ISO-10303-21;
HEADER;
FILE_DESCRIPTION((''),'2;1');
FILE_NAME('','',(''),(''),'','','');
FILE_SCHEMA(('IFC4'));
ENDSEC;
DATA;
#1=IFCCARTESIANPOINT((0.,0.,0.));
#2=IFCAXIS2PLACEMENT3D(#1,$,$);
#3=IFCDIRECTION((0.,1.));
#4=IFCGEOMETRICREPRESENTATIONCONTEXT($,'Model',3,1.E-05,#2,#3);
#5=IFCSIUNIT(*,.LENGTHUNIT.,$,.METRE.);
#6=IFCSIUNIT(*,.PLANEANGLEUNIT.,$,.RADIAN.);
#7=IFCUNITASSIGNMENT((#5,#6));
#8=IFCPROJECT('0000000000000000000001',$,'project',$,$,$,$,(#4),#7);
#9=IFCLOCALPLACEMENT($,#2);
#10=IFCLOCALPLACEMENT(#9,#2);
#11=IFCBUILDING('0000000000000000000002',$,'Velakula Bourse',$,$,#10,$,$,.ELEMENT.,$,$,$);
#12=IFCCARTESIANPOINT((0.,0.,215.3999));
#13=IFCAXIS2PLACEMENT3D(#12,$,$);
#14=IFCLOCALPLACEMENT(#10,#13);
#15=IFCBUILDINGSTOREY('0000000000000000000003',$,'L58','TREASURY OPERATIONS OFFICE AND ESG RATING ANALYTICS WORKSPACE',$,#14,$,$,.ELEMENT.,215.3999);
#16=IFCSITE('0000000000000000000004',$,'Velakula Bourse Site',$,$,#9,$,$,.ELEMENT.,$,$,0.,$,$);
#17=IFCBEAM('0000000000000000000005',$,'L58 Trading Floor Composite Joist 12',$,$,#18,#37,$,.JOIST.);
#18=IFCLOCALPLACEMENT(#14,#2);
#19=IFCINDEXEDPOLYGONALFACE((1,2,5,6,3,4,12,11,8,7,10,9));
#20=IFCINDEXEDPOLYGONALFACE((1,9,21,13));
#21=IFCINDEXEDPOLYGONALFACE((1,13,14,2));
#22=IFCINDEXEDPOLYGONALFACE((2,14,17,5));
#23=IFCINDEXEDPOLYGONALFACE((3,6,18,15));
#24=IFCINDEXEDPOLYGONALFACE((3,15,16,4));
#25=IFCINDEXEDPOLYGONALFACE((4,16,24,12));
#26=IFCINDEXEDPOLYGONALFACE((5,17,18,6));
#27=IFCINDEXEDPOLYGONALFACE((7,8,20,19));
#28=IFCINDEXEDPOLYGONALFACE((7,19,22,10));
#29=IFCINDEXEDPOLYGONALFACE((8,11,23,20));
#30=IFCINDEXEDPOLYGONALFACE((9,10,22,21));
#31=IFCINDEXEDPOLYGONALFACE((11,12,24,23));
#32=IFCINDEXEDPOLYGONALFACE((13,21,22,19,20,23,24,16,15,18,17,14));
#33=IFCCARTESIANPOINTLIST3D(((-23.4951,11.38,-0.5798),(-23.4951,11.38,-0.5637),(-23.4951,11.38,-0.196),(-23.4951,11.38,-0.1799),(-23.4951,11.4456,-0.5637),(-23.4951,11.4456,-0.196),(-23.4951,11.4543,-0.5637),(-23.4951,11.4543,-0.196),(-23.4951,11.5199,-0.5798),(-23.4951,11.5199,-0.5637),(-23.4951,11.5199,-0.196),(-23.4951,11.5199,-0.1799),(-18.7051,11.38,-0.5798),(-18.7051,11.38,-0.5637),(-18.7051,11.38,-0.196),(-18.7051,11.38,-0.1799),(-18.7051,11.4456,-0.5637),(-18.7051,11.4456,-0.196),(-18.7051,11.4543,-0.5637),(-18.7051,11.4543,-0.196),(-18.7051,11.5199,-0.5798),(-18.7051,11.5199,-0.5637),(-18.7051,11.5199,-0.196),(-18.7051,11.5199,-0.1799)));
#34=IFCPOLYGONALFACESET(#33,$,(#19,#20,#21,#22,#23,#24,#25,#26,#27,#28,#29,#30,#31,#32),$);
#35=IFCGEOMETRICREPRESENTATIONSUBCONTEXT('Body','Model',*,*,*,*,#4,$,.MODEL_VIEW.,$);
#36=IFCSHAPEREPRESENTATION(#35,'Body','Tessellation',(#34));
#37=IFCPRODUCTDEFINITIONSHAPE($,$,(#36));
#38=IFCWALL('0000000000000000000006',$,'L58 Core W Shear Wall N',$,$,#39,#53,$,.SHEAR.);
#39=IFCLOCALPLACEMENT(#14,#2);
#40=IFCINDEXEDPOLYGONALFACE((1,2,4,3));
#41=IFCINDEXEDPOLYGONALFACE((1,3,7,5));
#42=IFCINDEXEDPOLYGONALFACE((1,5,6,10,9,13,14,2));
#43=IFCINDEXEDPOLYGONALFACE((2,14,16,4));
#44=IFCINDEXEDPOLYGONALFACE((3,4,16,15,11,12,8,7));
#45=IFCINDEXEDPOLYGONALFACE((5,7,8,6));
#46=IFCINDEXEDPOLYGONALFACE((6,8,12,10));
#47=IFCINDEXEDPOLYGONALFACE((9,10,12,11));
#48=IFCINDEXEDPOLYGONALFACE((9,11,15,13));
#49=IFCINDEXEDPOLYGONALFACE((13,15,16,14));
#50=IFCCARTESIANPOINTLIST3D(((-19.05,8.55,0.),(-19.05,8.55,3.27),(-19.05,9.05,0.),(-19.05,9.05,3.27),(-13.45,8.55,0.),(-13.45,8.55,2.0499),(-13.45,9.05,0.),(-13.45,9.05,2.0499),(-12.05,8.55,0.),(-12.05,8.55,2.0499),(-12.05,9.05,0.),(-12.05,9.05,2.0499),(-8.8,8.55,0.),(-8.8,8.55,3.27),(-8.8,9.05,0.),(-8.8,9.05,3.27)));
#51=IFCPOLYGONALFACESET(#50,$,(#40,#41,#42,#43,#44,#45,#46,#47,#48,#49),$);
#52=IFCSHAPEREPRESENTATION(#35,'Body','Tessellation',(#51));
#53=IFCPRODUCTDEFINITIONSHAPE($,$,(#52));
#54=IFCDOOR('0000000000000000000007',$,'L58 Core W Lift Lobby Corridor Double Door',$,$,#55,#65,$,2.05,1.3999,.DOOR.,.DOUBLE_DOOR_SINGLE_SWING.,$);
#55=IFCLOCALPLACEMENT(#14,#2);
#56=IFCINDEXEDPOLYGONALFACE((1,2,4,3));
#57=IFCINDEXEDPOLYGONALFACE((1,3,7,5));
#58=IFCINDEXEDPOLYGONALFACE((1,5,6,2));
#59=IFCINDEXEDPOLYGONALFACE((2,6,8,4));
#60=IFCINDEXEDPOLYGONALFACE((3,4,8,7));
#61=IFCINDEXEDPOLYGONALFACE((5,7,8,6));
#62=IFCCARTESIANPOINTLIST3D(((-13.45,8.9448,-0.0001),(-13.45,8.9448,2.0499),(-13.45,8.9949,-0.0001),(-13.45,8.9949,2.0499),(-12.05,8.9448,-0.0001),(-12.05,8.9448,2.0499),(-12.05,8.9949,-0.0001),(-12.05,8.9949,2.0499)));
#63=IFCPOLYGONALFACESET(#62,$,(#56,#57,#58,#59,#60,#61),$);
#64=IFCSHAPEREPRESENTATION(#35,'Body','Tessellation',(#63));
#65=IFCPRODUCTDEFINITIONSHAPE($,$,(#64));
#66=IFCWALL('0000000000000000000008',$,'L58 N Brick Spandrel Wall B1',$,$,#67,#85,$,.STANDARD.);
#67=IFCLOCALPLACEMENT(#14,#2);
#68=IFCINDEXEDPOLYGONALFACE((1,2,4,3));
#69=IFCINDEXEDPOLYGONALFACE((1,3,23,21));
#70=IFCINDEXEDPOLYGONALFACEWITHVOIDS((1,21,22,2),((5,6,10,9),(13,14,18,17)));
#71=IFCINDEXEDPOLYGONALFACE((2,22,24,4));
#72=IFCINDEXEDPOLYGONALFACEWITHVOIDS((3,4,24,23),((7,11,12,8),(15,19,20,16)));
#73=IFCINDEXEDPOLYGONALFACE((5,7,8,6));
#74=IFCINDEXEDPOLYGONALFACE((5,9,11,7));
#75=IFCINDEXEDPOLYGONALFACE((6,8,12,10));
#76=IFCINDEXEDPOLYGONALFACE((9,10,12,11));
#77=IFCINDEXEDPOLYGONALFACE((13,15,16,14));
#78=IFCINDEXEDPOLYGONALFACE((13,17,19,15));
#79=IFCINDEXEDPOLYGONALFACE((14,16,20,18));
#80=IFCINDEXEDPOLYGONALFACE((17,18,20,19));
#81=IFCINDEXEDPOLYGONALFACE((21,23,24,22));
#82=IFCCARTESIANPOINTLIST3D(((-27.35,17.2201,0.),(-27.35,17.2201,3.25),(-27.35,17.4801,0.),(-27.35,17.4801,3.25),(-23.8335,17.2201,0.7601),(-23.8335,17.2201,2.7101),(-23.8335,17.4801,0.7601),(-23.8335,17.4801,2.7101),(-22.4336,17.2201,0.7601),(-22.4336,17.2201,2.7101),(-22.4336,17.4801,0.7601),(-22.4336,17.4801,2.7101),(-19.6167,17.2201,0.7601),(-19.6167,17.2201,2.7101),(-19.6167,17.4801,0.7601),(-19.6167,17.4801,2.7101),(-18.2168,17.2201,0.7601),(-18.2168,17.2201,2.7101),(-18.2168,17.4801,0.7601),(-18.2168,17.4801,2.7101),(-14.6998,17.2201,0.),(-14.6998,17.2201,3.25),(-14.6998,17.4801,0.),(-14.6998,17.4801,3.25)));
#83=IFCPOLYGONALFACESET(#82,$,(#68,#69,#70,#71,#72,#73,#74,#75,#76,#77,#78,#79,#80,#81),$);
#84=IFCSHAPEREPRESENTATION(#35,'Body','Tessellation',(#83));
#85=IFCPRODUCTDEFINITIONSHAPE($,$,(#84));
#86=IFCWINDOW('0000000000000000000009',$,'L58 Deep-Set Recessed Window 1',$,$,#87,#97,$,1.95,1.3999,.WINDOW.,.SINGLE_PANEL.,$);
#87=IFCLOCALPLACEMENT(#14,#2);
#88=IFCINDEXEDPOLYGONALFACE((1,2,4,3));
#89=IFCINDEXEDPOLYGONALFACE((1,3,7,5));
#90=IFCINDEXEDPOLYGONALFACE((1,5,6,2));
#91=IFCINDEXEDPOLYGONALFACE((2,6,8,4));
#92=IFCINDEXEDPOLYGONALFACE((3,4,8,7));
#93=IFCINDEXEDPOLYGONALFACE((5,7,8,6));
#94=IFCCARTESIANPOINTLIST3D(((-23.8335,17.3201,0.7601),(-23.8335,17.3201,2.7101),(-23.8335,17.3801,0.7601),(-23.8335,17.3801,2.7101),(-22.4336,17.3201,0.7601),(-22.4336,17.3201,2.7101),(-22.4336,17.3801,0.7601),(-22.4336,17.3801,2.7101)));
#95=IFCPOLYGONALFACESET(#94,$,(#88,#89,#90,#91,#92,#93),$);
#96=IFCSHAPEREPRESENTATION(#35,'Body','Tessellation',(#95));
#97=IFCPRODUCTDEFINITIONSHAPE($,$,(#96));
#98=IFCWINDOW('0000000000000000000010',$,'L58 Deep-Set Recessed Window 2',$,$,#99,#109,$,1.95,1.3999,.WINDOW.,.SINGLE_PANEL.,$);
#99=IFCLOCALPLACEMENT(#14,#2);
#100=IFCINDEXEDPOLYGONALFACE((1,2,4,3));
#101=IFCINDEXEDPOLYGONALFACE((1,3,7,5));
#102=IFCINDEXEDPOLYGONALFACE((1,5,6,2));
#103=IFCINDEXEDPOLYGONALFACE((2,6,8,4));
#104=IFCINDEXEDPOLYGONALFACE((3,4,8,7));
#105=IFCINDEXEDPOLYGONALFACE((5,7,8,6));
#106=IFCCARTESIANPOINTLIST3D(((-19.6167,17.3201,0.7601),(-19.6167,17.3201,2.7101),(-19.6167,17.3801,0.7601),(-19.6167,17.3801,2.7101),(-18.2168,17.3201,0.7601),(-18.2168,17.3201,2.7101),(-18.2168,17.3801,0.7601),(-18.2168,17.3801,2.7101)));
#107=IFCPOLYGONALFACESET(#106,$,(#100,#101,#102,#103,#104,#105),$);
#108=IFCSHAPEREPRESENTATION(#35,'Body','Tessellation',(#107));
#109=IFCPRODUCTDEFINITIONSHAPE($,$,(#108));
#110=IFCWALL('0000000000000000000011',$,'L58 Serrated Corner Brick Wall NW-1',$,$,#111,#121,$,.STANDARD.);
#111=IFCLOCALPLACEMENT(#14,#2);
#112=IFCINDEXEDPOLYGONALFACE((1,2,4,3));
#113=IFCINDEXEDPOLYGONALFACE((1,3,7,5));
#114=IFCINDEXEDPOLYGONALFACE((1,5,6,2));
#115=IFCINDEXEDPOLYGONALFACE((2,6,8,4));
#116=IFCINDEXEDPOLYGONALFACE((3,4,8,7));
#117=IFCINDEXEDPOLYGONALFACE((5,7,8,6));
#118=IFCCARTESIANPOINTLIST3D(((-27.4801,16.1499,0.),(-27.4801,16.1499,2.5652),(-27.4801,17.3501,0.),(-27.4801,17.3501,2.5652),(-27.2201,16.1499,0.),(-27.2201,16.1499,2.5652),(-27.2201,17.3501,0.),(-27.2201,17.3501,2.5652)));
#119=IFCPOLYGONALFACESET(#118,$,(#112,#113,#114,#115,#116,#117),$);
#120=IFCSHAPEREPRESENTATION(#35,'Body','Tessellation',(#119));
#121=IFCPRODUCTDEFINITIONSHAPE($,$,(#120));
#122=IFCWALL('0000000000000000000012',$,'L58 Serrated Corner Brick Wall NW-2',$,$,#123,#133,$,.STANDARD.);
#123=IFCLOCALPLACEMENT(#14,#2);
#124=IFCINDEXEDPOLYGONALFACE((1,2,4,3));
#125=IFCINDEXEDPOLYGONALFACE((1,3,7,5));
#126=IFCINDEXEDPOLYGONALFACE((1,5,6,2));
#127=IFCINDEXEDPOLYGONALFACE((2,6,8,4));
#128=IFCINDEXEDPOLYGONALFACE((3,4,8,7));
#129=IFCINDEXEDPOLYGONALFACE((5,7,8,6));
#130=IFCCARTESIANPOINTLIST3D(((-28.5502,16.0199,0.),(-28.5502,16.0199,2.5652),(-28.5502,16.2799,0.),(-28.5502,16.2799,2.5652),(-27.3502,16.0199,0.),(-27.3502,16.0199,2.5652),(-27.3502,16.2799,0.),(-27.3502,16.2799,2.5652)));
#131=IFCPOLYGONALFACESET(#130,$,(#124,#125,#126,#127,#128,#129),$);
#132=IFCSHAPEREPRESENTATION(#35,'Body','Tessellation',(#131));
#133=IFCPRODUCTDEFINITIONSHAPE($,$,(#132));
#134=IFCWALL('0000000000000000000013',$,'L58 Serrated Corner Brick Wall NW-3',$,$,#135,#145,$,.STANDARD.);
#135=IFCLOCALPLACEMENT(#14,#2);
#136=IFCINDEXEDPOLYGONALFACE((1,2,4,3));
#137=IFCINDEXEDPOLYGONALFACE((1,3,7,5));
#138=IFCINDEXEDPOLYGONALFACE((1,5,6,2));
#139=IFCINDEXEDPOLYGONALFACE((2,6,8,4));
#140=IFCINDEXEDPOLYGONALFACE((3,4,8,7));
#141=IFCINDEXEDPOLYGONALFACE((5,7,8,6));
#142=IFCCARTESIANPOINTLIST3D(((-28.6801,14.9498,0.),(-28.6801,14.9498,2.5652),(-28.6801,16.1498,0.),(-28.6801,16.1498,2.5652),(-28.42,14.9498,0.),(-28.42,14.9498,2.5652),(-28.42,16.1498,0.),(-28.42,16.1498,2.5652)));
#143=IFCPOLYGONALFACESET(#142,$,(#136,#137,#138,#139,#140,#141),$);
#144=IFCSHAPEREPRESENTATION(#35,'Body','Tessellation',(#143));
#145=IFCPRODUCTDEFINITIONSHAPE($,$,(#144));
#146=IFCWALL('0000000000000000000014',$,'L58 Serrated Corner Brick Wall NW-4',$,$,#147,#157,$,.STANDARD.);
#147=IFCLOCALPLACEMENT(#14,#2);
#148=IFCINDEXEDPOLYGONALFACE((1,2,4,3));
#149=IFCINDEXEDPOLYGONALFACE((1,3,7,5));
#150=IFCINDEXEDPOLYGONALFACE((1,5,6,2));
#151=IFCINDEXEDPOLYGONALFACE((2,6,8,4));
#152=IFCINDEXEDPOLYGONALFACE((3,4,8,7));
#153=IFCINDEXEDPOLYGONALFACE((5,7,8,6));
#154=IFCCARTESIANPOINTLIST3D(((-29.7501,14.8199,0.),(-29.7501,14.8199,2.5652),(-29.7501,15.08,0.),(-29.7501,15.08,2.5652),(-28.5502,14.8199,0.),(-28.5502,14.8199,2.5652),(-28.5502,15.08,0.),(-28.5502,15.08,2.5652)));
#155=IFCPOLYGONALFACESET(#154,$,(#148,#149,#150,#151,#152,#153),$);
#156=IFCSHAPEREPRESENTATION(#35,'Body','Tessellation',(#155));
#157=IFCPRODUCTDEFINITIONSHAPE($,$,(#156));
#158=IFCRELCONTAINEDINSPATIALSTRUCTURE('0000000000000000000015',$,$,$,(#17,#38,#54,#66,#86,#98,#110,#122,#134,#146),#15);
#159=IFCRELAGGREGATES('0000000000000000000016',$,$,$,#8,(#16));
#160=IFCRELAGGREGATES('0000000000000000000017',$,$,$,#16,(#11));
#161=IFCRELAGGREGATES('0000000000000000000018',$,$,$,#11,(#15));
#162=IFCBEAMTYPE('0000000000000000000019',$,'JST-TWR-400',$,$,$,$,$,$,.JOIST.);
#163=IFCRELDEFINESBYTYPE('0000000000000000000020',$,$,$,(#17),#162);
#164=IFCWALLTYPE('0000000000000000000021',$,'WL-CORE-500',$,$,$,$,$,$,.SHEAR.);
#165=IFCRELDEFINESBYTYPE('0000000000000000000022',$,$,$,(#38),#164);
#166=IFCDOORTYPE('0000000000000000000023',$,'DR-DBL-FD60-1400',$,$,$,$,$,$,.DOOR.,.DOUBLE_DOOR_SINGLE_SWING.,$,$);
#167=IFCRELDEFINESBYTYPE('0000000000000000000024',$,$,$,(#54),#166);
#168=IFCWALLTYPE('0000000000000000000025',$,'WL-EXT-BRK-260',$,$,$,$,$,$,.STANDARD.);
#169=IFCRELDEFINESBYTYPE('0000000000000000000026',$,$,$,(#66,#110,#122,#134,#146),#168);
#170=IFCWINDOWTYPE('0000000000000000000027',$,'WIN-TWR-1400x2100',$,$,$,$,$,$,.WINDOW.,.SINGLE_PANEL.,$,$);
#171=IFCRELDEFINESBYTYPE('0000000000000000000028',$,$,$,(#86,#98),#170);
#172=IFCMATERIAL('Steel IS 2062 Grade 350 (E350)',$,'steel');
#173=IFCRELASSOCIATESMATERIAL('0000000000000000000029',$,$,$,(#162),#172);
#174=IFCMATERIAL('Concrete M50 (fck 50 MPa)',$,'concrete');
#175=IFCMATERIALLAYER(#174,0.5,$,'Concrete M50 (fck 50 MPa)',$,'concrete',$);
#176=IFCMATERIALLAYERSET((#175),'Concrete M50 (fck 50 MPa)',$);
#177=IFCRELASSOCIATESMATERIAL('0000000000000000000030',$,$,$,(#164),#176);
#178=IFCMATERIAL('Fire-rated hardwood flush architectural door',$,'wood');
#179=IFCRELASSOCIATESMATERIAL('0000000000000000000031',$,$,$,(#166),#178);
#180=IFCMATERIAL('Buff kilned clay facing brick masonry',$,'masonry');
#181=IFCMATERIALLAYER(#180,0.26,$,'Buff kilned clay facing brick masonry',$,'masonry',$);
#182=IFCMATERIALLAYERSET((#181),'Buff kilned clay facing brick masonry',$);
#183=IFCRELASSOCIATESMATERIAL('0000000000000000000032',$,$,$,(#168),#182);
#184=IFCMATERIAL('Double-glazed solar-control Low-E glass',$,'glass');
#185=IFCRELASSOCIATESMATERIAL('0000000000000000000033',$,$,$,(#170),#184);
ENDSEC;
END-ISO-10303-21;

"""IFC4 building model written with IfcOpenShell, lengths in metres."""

from ifc_helpers import new_model, si_unit, direction, frame, frame_2d, origin, origin_2d, place, context, subcontext, project, spatial, rectangle, i_section, extrude, material, layer, layer_set, material_profile, profile_set, type_object, element, fill, save


model = new_model("IFC4")

# Units and contexts
model_context = context("Model", 3, precision=1e-05, world=origin(), true_north=direction((0.0, 1.0)))
body_context = subcontext(model_context, "Body", "Model", "MODEL_VIEW")
ifc_project = project(units=[si_unit("LENGTHUNIT", "METRE"), si_unit("PLANEANGLEUNIT", "RADIAN")], contexts=[model_context])

# Site, building, storey
site_placement = place(None, origin())
site = spatial("IfcSite", under=ifc_project, at=site_placement, Name="Velakula Bourse Site", CompositionType="ELEMENT", RefElevation=0.0)
building_placement = place(site_placement, origin())
building = spatial("IfcBuilding", under=site, at=building_placement, Name="Velakula Bourse", CompositionType="ELEMENT")
storey_placement = place(building_placement, frame((0.0, 0.0, 215.3999)))
storey = spatial("IfcBuildingStorey", under=building, at=storey_placement, Name="L58", Description="TREASURY OPERATIONS OFFICE AND ESG RATING ANALYTICS WORKSPACE", CompositionType="ELEMENT", Elevation=215.3999)

# Shared definitions
ifc_material_1 = material(Name="Steel IS 2062 Grade 350 (E350)", Category="steel")

# Beam
ifc_material_profile_1 = material_profile(ifc_material_1, i_section(OverallWidth=0.1399, OverallDepth=0.3999, WebThickness=0.0088, FlangeThickness=0.0161, at=origin_2d()), Name="Steel IS 2062 Grade 350 (E350)")
ifc_profile_set_1 = profile_set([ifc_material_profile_1], Name="Steel IS 2062 Grade 350 (E350)")
beam_type_1 = type_object("IfcBeamType", Name="JST-TWR-400", PredefinedType="JOIST", material=ifc_profile_set_1)
beam_1_placement = place(storey_placement, frame((-23.4951, 11.45, -0.3799), z_axis=(1.0, 0.0, 0.0), x_axis=(0.0, 1.0, 0.0)))
element("IfcBeam", 1, at=beam_1_placement, inside=storey, type_object=beam_type_1, Name="L58 Trading Floor Composite Joist 12", PredefinedType="JOIST", context=body_context, shape_type="SweptSolid", body=[
    extrude(i_section(OverallWidth=0.1399, OverallDepth=0.3999, WebThickness=0.0088, FlangeThickness=0.0161, at=origin_2d()), origin(), (0.0, 0.0, 1.0), 4.79),
])

# Wall, opening, door
ifc_material_2 = material(Name="Concrete M50 (fck 50 MPa)", Category="concrete")
ifc_layer_1 = layer(ifc_material_2, 0.5, Name="Concrete M50 (fck 50 MPa)", Category="concrete")
ifc_layer_set_1 = layer_set([ifc_layer_1], Name="Concrete M50 (fck 50 MPa)")
wall_type_1 = type_object("IfcWallType", Name="WL-CORE-500", PredefinedType="SHEAR", material=ifc_layer_set_1)
wall_1_placement = place(storey_placement, frame((-19.05, 8.8, 0.0), z_axis=(0.0, 0.0, 1.0), x_axis=(1.0, 0.0, 0.0)))
wall_1 = element("IfcWall", 2, at=wall_1_placement, inside=storey, type_object=wall_type_1, Name="L58 Core W Shear Wall N", PredefinedType="SHEAR", context=body_context, shape_type="SweptSolid", body=[
    extrude(rectangle(XDim=10.25, YDim=0.5, at=frame_2d((5.125, 0.0))), origin(), (0.0, 0.0, 1.0), 3.27),
])
opening_1_placement = place(wall_1_placement, frame((5.6001, 0.0, 0.0)))
opening_1 = element("IfcOpeningElement", 3, at=opening_1_placement, cuts=wall_1, PredefinedType="OPENING", context=body_context, shape_type="SweptSolid", body=[
    extrude(rectangle(XDim=1.3999, YDim=2.05, at=frame_2d((0.7, 1.0249))), frame((0.0, 0.26, 0.0), z_axis=(0.0, -1.0, 0.0), x_axis=(1.0, 0.0, 0.0)), (0.0, 0.0, 1.0), 0.52),
])
ifc_material_3 = material(Name="Fire-rated hardwood flush architectural door", Category="wood")
door_type_1 = type_object("IfcDoorType", Name="DR-DBL-FD60-1400", OperationType="DOUBLE_DOOR_SINGLE_SWING", PredefinedType="DOOR", material=ifc_material_3)
door_1_placement = place(opening_1_placement, origin())
door_1 = element("IfcDoor", 4, at=door_1_placement, inside=storey, type_object=door_type_1, Name="L58 Core W Lift Lobby Corridor Double Door", OperationType="DOUBLE_DOOR_SINGLE_SWING", OverallHeight=2.05, OverallWidth=1.3999, PredefinedType="DOOR", context=body_context, shape_type="SweptSolid", body=[
    extrude(rectangle(XDim=1.3999, YDim=2.05, at=frame_2d((0.7, 1.0249))), frame((0.0, 0.1948, 0.0), z_axis=(0.0, -1.0, 0.0), x_axis=(1.0, 0.0, 0.0)), (0.0, 0.0, 1.0), 0.05),
])
fill(opening_1, door_1)

# Wall, openings, windows
ifc_material_4 = material(Name="Buff kilned clay facing brick masonry", Category="masonry")
ifc_layer_2 = layer(ifc_material_4, 0.26, Name="Buff kilned clay facing brick masonry", Category="masonry")
ifc_layer_set_2 = layer_set([ifc_layer_2], Name="Buff kilned clay facing brick masonry")
wall_type_2 = type_object("IfcWallType", Name="WL-EXT-BRK-260", PredefinedType="STANDARD", material=ifc_layer_set_2)
wall_2_placement = place(storey_placement, frame((-27.3501, 17.3501, 0.0), z_axis=(0.0, 0.0, 1.0), x_axis=(1.0, 0.0, 0.0)))
wall_2 = element("IfcWall", 5, at=wall_2_placement, inside=storey, type_object=wall_type_2, Name="L58 N Brick Spandrel Wall B1", PredefinedType="STANDARD", context=body_context, shape_type="SweptSolid", body=[
    extrude(rectangle(XDim=12.6501, YDim=0.26, at=frame_2d((6.3252, 0.0))), origin(), (0.0, 0.0, 1.0), 3.25),
])
opening_2_placement = place(wall_2_placement, frame((3.5166, 0.0, 0.76)))
opening_2 = element("IfcOpeningElement", 6, at=opening_2_placement, cuts=wall_2, PredefinedType="OPENING", context=body_context, shape_type="SweptSolid", body=[
    extrude(rectangle(XDim=1.3999, YDim=1.95, at=frame_2d((0.7, 0.9751))), frame((0.0, 0.1399, 0.0), z_axis=(0.0, -1.0, 0.0), x_axis=(1.0, 0.0, 0.0)), (0.0, 0.0, 1.0), 0.28),
])
opening_3_placement = place(wall_2_placement, frame((7.7334, 0.0, 0.76)))
opening_3 = element("IfcOpeningElement", 7, at=opening_3_placement, cuts=wall_2, PredefinedType="OPENING", context=body_context, shape_type="SweptSolid", body=[
    extrude(rectangle(XDim=1.3999, YDim=1.95, at=frame_2d((0.7, 0.9751))), frame((0.0, 0.1399, 0.0), z_axis=(0.0, -1.0, 0.0), x_axis=(1.0, 0.0, 0.0)), (0.0, 0.0, 1.0), 0.28),
])
ifc_material_5 = material(Name="Double-glazed solar-control Low-E glass", Category="glass")
window_type = type_object("IfcWindowType", Name="WIN-TWR-1400x2100", PartitioningType="SINGLE_PANEL", PredefinedType="WINDOW", material=ifc_material_5)
window_1_placement = place(opening_2_placement, origin())
window_1 = element("IfcWindow", 8, at=window_1_placement, inside=storey, type_object=window_type, Name="L58 Deep-Set Recessed Window 1", OverallHeight=1.95, OverallWidth=1.3999, PartitioningType="SINGLE_PANEL", PredefinedType="WINDOW", context=body_context, shape_type="SweptSolid", body=[
    extrude(rectangle(XDim=1.3999, YDim=1.95, at=frame_2d((0.7, 0.9751))), frame((0.0, 0.03, 0.0), z_axis=(0.0, -1.0, 0.0), x_axis=(1.0, 0.0, 0.0)), (0.0, 0.0, 1.0), 0.0601),
])
fill(opening_2, window_1)
window_2_placement = place(opening_3_placement, origin())
window_2 = element("IfcWindow", 9, at=window_2_placement, inside=storey, type_object=window_type, Name="L58 Deep-Set Recessed Window 2", OverallHeight=1.95, OverallWidth=1.3999, PartitioningType="SINGLE_PANEL", PredefinedType="WINDOW", context=body_context, shape_type="SweptSolid", body=[
    extrude(rectangle(XDim=1.3999, YDim=1.95, at=frame_2d((0.7, 0.9751))), frame((0.0, 0.03, 0.0), z_axis=(0.0, -1.0, 0.0), x_axis=(1.0, 0.0, 0.0)), (0.0, 0.0, 1.0), 0.0601),
])
fill(opening_3, window_2)

# Walls
wall_3_placement = place(storey_placement, frame((-27.3501, 17.3501, 0.0), z_axis=(0.0, 0.0, 1.0), x_axis=(0.0, -1.0, 0.0)))
element("IfcWall", 10, at=wall_3_placement, inside=storey, type_object=wall_type_2, Name="L58 Serrated Corner Brick Wall NW-1", PredefinedType="STANDARD", context=body_context, shape_type="SweptSolid", body=[
    extrude(rectangle(XDim=1.2002, YDim=0.26, at=frame_2d((0.6001, 0.0))), origin(), (0.0, 0.0, 1.0), 2.5652),
])
for number, where, z_axis, x_axis, name in (
    (11, (-27.3501, 16.1499, 0.0), (0.0, 0.0, 1.0), (-1.0, 0.0, 0.0), "L58 Serrated Corner Brick Wall NW-2"),
    (12, (-28.55, 16.1499, 0.0), (0.0, 0.0, 1.0), (0.0, -1.0, 0.0), "L58 Serrated Corner Brick Wall NW-3"),
    (13, (-28.55, 14.95, 0.0), (0.0, 0.0, 1.0), (-1.0, 0.0, 0.0), "L58 Serrated Corner Brick Wall NW-4"),
):
    element("IfcWall", number, at=place(storey_placement, frame(where, z_axis=z_axis, x_axis=x_axis)), inside=storey, type_object=wall_type_2, Name=name, PredefinedType="STANDARD", context=body_context, shape_type="SweptSolid", body=[
        extrude(rectangle(XDim=1.2, YDim=0.26, at=frame_2d((0.6001, 0.0))), origin(), (0.0, 0.0, 1.0), 2.5652),
    ])

save(model, "model.ifc")
